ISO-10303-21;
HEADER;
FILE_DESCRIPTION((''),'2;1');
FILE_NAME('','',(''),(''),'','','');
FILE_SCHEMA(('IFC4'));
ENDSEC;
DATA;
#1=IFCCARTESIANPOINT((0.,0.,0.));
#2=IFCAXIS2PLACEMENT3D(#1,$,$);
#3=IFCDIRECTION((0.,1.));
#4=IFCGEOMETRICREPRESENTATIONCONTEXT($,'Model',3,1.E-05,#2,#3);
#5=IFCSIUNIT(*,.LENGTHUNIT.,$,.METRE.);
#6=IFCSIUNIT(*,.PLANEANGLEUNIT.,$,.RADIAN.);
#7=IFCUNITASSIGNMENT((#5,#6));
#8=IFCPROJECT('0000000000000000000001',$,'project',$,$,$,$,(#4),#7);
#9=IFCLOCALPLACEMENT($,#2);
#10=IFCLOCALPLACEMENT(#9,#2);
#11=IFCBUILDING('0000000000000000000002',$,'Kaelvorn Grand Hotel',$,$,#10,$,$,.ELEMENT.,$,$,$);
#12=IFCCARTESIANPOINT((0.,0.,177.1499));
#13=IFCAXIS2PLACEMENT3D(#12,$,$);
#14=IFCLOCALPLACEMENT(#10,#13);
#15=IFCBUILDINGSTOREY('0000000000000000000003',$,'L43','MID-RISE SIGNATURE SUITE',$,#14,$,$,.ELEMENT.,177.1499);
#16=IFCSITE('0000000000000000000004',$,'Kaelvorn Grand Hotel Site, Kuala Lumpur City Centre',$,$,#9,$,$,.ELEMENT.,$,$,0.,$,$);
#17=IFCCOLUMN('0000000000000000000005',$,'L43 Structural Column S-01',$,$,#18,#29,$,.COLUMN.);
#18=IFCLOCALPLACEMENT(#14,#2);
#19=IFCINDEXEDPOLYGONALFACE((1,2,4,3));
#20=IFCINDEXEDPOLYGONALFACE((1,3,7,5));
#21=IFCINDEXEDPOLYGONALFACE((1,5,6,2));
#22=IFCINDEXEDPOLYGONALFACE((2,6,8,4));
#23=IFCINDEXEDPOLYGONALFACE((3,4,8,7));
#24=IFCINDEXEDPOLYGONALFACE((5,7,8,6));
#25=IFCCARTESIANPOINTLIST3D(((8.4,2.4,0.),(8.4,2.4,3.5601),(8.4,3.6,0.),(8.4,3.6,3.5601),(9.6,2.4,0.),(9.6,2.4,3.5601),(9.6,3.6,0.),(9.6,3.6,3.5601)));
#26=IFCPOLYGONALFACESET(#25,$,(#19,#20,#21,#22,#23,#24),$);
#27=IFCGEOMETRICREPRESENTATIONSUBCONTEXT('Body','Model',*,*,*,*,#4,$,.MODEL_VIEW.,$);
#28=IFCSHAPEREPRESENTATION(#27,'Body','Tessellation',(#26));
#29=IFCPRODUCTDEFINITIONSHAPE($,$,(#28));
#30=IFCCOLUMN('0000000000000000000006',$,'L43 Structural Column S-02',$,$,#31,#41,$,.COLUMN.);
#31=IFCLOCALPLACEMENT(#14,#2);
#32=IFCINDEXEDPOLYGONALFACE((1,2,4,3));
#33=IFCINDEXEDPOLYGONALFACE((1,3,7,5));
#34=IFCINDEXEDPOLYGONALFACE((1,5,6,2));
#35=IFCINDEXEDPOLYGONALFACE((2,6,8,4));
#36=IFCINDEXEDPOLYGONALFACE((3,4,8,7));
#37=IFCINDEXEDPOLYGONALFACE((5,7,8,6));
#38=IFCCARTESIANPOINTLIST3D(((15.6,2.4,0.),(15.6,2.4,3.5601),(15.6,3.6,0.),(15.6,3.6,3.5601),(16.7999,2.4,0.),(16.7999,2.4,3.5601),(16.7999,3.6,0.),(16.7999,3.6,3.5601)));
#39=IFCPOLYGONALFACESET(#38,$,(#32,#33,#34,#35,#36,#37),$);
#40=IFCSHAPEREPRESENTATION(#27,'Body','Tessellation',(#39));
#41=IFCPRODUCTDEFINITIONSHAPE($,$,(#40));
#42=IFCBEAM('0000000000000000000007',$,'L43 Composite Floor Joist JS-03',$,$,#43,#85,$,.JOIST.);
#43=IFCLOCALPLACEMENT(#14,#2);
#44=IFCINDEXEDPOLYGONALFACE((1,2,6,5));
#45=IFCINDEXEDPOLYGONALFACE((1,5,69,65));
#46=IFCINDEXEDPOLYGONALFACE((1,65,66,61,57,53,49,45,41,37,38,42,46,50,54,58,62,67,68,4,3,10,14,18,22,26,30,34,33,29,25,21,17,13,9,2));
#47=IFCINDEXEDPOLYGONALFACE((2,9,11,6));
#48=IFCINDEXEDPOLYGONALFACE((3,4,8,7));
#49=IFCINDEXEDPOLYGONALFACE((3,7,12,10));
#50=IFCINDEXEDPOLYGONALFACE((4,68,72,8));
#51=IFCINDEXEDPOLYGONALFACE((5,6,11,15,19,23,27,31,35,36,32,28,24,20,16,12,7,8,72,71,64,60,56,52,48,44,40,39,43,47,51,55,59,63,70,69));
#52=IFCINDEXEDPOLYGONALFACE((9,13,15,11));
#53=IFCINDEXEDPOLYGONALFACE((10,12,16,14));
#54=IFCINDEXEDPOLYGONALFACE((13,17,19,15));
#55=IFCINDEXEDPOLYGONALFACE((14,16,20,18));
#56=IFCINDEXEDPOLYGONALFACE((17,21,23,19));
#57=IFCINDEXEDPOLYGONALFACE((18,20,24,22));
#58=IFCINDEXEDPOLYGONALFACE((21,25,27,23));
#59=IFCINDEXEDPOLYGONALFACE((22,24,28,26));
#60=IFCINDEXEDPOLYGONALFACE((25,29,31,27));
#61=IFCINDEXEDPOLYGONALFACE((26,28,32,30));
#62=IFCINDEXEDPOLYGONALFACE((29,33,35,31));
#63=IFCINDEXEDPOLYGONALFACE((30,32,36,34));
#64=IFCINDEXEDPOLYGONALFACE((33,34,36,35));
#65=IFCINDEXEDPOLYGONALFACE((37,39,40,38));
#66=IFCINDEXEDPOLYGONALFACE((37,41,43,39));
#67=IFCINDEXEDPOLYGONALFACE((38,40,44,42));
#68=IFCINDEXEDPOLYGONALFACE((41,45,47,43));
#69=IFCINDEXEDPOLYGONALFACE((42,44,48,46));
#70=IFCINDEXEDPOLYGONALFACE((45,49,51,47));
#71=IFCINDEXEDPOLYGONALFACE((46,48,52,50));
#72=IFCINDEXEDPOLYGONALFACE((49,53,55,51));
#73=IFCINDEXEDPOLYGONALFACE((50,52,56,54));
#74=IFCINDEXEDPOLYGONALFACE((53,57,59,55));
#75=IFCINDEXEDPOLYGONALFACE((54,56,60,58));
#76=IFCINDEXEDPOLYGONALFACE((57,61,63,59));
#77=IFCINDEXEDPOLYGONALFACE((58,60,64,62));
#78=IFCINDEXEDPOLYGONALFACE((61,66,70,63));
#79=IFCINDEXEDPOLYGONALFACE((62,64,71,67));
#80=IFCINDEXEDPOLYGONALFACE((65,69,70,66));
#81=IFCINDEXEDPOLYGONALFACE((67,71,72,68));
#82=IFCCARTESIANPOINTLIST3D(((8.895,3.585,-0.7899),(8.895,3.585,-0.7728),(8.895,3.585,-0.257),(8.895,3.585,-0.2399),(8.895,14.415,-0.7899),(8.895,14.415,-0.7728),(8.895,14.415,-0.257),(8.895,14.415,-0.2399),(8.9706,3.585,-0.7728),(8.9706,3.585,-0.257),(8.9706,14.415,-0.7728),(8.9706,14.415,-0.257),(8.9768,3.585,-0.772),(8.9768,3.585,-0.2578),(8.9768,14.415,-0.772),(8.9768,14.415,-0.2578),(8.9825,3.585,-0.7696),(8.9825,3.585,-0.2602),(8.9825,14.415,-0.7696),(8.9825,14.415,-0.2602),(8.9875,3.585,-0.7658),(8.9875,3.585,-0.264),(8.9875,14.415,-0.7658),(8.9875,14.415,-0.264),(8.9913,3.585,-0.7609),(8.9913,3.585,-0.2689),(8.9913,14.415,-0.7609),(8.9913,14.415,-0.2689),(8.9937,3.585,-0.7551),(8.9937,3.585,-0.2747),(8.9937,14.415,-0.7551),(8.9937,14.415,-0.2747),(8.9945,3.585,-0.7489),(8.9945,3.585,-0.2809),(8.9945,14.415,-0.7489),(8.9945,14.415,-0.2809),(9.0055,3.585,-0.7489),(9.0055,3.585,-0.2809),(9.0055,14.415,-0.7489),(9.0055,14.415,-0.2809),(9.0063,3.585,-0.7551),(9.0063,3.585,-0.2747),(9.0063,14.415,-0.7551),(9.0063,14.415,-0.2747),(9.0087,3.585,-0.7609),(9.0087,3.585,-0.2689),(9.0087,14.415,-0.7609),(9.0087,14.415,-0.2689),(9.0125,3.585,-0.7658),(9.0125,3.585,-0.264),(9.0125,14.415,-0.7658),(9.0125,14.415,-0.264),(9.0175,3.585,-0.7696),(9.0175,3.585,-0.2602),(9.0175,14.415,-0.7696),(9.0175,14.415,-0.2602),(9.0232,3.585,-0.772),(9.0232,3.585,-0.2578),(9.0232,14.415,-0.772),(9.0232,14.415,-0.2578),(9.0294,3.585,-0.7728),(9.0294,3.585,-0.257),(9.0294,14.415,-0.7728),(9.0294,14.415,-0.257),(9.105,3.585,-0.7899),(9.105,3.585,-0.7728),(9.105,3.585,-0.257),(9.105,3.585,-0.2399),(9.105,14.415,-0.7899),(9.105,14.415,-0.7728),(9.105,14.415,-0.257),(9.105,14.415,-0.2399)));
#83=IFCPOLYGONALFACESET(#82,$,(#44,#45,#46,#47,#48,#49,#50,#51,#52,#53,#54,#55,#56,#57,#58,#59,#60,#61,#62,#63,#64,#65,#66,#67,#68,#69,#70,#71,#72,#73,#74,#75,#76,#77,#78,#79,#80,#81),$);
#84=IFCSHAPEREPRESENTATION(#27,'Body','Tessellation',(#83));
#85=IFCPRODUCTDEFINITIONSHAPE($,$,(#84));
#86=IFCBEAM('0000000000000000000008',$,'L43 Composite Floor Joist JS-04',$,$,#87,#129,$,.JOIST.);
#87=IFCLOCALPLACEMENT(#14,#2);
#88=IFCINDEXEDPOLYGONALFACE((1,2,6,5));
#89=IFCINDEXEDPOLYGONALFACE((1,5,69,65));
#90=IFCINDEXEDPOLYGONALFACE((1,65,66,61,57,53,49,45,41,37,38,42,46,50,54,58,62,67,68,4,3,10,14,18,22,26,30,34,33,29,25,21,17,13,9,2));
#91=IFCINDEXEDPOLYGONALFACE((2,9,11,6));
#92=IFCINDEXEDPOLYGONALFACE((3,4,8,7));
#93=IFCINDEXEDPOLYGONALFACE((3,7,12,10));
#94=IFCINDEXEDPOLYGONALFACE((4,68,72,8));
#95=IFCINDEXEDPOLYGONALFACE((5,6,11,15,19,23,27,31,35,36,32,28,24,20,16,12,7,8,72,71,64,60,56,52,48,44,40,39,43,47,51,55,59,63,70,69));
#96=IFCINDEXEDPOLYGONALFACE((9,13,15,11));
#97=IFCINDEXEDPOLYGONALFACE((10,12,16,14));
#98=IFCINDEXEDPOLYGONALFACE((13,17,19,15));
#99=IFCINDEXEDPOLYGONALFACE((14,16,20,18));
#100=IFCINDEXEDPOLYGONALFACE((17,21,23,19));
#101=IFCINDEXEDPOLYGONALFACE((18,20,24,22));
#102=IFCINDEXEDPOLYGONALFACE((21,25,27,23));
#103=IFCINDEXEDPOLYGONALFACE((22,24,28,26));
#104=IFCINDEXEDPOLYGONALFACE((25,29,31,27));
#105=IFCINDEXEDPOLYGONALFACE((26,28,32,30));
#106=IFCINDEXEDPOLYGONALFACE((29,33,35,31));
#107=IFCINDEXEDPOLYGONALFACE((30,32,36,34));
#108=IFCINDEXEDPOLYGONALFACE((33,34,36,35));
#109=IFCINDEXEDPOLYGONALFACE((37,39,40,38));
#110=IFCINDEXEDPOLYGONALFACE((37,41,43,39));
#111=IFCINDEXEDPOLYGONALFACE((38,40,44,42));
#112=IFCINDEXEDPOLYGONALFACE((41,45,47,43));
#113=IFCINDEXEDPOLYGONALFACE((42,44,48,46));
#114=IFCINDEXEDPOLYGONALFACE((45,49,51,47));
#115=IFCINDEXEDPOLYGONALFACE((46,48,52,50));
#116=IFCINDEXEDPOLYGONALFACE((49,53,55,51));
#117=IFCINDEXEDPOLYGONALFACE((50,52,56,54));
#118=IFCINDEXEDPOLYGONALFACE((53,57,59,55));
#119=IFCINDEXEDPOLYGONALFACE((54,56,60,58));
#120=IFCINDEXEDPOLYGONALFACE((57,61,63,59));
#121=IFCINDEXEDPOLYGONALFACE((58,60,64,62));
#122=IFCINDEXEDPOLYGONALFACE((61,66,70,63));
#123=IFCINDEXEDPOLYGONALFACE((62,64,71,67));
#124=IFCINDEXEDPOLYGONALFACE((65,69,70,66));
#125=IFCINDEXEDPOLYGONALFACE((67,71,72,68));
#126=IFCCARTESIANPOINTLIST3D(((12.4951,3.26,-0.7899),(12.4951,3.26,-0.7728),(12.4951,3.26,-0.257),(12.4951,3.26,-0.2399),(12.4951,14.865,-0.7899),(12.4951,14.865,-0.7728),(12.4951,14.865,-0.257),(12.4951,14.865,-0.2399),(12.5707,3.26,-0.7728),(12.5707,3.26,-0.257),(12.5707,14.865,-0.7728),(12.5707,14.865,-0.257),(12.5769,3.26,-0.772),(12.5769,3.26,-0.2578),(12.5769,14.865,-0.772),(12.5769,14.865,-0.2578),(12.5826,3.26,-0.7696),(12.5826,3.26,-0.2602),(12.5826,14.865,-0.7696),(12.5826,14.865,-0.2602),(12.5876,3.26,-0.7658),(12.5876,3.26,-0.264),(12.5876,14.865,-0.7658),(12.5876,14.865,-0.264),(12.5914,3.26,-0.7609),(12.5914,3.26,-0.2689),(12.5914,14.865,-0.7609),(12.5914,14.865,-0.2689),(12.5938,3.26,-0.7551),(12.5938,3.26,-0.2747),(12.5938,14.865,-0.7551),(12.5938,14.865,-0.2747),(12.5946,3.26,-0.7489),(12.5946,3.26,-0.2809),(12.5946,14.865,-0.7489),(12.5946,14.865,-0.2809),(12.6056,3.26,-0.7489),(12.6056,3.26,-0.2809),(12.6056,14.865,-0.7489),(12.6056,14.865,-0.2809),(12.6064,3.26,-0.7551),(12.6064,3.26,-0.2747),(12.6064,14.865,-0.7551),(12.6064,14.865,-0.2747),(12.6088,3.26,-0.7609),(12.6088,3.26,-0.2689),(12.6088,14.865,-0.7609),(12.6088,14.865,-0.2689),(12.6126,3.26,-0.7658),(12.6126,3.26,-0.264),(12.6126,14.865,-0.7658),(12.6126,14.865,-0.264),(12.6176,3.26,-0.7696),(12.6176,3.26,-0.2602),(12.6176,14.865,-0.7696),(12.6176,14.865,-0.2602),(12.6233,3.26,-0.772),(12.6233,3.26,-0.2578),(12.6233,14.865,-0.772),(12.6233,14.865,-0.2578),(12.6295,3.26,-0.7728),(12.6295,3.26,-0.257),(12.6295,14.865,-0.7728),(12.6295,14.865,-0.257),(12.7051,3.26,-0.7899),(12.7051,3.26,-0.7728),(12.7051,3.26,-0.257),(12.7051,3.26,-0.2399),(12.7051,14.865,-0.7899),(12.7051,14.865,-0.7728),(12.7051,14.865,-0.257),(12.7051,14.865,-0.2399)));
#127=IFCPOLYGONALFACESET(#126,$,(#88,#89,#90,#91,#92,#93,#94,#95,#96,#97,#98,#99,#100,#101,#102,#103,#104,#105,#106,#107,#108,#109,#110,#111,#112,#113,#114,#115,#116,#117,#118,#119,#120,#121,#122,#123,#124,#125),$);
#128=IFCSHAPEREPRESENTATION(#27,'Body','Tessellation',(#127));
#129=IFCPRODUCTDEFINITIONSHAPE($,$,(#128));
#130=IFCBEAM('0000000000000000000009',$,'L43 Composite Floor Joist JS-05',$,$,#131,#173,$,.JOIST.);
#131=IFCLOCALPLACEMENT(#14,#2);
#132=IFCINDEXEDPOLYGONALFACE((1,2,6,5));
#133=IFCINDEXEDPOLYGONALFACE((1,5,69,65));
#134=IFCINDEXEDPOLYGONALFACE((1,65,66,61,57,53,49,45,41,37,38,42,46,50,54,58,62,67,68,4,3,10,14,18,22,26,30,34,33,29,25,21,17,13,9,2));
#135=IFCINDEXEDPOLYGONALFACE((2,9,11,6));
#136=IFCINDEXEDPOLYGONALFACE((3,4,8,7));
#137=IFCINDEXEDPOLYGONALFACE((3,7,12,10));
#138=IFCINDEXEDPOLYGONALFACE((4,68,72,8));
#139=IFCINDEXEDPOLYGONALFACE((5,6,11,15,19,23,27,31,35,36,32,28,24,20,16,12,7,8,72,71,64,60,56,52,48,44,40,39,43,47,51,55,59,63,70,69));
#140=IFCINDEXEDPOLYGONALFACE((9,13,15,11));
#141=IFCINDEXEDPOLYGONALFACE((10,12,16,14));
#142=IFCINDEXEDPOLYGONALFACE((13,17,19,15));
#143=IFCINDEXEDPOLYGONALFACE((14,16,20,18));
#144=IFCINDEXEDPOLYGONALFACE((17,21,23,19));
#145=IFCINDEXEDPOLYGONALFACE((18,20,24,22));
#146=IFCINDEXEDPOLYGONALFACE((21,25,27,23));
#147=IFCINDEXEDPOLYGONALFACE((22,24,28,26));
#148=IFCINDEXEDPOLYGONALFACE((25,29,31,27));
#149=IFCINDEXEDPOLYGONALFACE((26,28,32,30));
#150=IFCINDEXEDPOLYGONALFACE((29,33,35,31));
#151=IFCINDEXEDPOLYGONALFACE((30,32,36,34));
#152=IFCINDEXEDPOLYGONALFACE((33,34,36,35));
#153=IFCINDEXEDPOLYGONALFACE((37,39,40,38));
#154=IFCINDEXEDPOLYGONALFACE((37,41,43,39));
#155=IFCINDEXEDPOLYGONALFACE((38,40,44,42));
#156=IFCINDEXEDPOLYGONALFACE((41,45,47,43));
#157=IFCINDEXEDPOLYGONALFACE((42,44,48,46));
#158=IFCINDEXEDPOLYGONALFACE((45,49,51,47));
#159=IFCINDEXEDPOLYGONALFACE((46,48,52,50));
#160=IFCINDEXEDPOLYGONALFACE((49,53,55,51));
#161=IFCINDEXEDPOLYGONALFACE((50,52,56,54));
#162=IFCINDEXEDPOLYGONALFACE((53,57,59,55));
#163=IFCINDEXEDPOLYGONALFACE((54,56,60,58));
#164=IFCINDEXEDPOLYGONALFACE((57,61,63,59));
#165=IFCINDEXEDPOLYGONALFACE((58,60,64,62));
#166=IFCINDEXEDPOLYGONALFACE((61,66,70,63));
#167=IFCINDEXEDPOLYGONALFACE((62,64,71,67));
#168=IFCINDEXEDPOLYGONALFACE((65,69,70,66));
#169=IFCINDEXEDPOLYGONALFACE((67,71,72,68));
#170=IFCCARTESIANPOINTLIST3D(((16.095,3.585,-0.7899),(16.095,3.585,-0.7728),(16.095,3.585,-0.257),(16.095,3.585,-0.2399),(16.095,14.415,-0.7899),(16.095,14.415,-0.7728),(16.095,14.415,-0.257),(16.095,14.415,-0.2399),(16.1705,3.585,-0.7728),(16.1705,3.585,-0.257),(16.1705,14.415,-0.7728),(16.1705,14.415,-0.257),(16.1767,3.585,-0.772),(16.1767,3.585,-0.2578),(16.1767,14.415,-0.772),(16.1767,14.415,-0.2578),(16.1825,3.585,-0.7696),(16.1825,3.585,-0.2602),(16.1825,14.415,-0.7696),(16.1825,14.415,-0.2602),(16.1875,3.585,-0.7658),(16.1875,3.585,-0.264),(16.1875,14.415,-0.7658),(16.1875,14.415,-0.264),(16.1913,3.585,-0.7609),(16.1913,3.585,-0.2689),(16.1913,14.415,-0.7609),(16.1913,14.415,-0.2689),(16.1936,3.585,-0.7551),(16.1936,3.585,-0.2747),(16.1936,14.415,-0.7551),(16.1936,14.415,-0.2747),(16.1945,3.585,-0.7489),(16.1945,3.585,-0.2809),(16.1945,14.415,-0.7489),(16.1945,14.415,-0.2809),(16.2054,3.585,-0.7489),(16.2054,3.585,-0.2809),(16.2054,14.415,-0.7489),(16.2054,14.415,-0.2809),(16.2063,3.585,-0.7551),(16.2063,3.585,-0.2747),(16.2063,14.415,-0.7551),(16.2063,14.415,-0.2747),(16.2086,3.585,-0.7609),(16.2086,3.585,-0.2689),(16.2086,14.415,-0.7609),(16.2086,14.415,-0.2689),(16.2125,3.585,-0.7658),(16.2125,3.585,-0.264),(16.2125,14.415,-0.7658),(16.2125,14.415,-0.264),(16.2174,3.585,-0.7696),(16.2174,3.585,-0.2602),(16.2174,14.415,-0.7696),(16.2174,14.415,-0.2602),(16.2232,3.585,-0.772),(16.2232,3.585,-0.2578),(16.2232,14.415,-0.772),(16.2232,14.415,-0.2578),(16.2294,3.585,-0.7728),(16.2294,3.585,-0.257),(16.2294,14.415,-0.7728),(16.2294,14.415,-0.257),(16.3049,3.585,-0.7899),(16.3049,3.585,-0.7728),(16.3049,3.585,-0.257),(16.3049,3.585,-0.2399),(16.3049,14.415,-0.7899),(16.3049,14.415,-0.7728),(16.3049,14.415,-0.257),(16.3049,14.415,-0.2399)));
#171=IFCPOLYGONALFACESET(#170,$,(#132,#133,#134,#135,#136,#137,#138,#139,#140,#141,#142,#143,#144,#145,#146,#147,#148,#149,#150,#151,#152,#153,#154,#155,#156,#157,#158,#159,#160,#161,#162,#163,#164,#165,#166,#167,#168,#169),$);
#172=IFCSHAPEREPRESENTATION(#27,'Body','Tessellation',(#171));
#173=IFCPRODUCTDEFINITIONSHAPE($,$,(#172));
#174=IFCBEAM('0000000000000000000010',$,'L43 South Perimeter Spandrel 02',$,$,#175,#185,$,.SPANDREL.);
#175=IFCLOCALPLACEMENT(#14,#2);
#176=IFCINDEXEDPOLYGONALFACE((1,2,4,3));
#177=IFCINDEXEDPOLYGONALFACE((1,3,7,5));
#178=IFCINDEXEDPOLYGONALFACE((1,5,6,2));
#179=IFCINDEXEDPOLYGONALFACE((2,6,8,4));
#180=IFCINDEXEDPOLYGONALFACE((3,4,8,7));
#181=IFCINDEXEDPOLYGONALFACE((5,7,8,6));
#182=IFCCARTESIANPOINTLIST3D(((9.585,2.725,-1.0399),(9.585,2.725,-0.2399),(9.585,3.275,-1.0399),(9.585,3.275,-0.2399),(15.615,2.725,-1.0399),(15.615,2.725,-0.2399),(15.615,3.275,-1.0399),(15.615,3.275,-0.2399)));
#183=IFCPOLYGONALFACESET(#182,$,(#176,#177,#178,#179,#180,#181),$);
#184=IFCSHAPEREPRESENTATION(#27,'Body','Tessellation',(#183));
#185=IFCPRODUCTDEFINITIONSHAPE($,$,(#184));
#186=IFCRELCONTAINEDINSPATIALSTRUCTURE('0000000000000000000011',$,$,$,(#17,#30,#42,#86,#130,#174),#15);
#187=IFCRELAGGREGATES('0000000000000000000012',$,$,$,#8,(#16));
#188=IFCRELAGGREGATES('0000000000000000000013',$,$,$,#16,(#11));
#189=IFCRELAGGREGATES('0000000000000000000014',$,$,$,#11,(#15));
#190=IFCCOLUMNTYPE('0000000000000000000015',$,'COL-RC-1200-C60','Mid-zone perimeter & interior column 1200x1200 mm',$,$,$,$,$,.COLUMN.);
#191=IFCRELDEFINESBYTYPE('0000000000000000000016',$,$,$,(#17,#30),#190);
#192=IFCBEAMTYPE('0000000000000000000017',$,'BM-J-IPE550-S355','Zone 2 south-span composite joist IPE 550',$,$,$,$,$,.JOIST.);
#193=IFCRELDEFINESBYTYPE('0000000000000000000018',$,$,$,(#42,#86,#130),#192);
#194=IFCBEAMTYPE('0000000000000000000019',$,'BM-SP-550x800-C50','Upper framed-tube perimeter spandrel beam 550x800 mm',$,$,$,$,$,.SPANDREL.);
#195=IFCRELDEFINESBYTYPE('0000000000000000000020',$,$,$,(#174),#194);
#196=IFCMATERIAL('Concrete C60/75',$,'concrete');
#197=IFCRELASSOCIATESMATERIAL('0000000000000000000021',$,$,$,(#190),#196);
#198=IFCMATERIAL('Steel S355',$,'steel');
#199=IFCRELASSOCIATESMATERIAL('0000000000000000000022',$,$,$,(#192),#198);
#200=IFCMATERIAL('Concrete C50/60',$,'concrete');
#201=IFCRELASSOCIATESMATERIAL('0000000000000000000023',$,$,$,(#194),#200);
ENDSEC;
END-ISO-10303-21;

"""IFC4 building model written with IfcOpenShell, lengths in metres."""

from ifc_helpers import new_model, si_unit, direction, frame, origin, origin_2d, place, context, subcontext, project, spatial, rectangle, i_section, extrude, material, material_profile, profile_set, type_object, element, save


model = new_model("IFC4")

# Units and contexts
model_context = context("Model", 3, precision=1e-05, world=origin(), true_north=direction((0.0, 1.0)))
body_context = subcontext(model_context, "Body", "Model", "MODEL_VIEW")
ifc_project = project(units=[si_unit("LENGTHUNIT", "METRE"), si_unit("PLANEANGLEUNIT", "RADIAN")], contexts=[model_context])

# Site, building, storey
site_placement = place(None, origin())
site = spatial("IfcSite", under=ifc_project, at=site_placement, Name="Kaelvorn Grand Hotel Site, Kuala Lumpur City Centre", CompositionType="ELEMENT", RefElevation=0.0)
building_placement = place(site_placement, origin())
building = spatial("IfcBuilding", under=site, at=building_placement, Name="Kaelvorn Grand Hotel", CompositionType="ELEMENT")
storey_placement = place(building_placement, frame((0.0, 0.0, 177.1499)))
storey = spatial("IfcBuildingStorey", under=building, at=storey_placement, Name="L43", Description="MID-RISE SIGNATURE SUITE", CompositionType="ELEMENT", Elevation=177.1499)

# Columns
ifc_material_1 = material(Name="Concrete C60/75", Category="concrete")
ifc_material_profile_1 = material_profile(ifc_material_1, rectangle(XDim=1.2, YDim=1.2, at=origin_2d()), Name="RC COL 1200x1200")
ifc_profile_set_1 = profile_set([ifc_material_profile_1], Name="Concrete C60/75")
column_type = type_object("IfcColumnType", Name="COL-RC-1200-C60", Description="Mid-zone perimeter & interior column 1200x1200 mm", PredefinedType="COLUMN", material=ifc_profile_set_1)
for number, where, z_axis, x_axis, name in (
    (1, (9.0, 3.0, 0.0), (0.0, 0.0, 1.0), (1.0, 0.0, 0.0), "L43 Structural Column S-01"),
    (2, (16.2, 3.0, 0.0), (0.0, 0.0, 1.0), (1.0, 0.0, 0.0), "L43 Structural Column S-02"),
):
    element("IfcColumn", number, at=place(storey_placement, frame(where, z_axis=z_axis, x_axis=x_axis)), inside=storey, type_object=column_type, Name=name, PredefinedType="COLUMN", context=body_context, shape_type="SweptSolid", body=[
        extrude(rectangle(XDim=1.2, YDim=1.2, at=origin_2d()), origin(), (0.0, 0.0, 1.0), 3.5601),
    ])

# Beams
ifc_material_2 = material(Name="Steel S355", Category="steel")
ifc_material_profile_2 = material_profile(ifc_material_2, i_section(OverallWidth=0.21, OverallDepth=0.55, WebThickness=0.011, FlangeThickness=0.0171, FilletRadius=0.0239, at=origin_2d()), Name="IPE 550")
ifc_profile_set_2 = profile_set([ifc_material_profile_2], Name="Steel S355")
beam_type_1 = type_object("IfcBeamType", Name="BM-J-IPE550-S355", Description="Zone 2 south-span composite joist IPE 550", PredefinedType="JOIST", material=ifc_profile_set_2)
beam_1_placement = place(storey_placement, frame((9.0, 3.585, -0.5149), z_axis=(0.0, 1.0, 0.0), x_axis=(-1.0, 0.0, 0.0)))
element("IfcBeam", 3, at=beam_1_placement, inside=storey, type_object=beam_type_1, Name="L43 Composite Floor Joist JS-03", PredefinedType="JOIST", context=body_context, shape_type="SweptSolid", body=[
    extrude(i_section(OverallWidth=0.21, OverallDepth=0.55, WebThickness=0.011, FlangeThickness=0.0171, FilletRadius=0.0239, at=origin_2d()), origin(), (0.0, 0.0, 1.0), 10.8301),
])
beam_2_placement = place(storey_placement, frame((12.6001, 3.26, -0.5149), z_axis=(0.0, 1.0, 0.0), x_axis=(-1.0, 0.0, 0.0)))
element("IfcBeam", 4, at=beam_2_placement, inside=storey, type_object=beam_type_1, Name="L43 Composite Floor Joist JS-04", PredefinedType="JOIST", context=body_context, shape_type="SweptSolid", body=[
    extrude(i_section(OverallWidth=0.21, OverallDepth=0.55, WebThickness=0.011, FlangeThickness=0.0171, FilletRadius=0.0239, at=origin_2d()), origin(), (0.0, 0.0, 1.0), 11.605),
])
beam_3_placement = place(storey_placement, frame((16.2, 3.585, -0.5149), z_axis=(0.0, 1.0, 0.0), x_axis=(-1.0, 0.0, 0.0)))
element("IfcBeam", 5, at=beam_3_placement, inside=storey, type_object=beam_type_1, Name="L43 Composite Floor Joist JS-05", PredefinedType="JOIST", context=body_context, shape_type="SweptSolid", body=[
    extrude(i_section(OverallWidth=0.21, OverallDepth=0.55, WebThickness=0.011, FlangeThickness=0.0171, FilletRadius=0.0239, at=origin_2d()), origin(), (0.0, 0.0, 1.0), 10.8301),
])
ifc_material_3 = material(Name="Concrete C50/60", Category="concrete")
ifc_material_profile_3 = material_profile(ifc_material_3, rectangle(XDim=0.55, YDim=0.8, at=origin_2d()), Name="RC SPANDREL 550x800")
ifc_profile_set_3 = profile_set([ifc_material_profile_3], Name="Concrete C50/60")
beam_type_2 = type_object("IfcBeamType", Name="BM-SP-550x800-C50", Description="Upper framed-tube perimeter spandrel beam 550x800 mm", PredefinedType="SPANDREL", material=ifc_profile_set_3)
beam_4_placement = place(storey_placement, frame((9.585, 3.0, -0.6399), z_axis=(1.0, 0.0, 0.0), x_axis=(0.0, 1.0, 0.0)))
element("IfcBeam", 6, at=beam_4_placement, inside=storey, type_object=beam_type_2, Name="L43 South Perimeter Spandrel 02", PredefinedType="SPANDREL", context=body_context, shape_type="SweptSolid", body=[
    extrude(rectangle(XDim=0.55, YDim=0.8, at=origin_2d()), origin(), (0.0, 0.0, 1.0), 6.03),
])

save(model, "model.ifc")
